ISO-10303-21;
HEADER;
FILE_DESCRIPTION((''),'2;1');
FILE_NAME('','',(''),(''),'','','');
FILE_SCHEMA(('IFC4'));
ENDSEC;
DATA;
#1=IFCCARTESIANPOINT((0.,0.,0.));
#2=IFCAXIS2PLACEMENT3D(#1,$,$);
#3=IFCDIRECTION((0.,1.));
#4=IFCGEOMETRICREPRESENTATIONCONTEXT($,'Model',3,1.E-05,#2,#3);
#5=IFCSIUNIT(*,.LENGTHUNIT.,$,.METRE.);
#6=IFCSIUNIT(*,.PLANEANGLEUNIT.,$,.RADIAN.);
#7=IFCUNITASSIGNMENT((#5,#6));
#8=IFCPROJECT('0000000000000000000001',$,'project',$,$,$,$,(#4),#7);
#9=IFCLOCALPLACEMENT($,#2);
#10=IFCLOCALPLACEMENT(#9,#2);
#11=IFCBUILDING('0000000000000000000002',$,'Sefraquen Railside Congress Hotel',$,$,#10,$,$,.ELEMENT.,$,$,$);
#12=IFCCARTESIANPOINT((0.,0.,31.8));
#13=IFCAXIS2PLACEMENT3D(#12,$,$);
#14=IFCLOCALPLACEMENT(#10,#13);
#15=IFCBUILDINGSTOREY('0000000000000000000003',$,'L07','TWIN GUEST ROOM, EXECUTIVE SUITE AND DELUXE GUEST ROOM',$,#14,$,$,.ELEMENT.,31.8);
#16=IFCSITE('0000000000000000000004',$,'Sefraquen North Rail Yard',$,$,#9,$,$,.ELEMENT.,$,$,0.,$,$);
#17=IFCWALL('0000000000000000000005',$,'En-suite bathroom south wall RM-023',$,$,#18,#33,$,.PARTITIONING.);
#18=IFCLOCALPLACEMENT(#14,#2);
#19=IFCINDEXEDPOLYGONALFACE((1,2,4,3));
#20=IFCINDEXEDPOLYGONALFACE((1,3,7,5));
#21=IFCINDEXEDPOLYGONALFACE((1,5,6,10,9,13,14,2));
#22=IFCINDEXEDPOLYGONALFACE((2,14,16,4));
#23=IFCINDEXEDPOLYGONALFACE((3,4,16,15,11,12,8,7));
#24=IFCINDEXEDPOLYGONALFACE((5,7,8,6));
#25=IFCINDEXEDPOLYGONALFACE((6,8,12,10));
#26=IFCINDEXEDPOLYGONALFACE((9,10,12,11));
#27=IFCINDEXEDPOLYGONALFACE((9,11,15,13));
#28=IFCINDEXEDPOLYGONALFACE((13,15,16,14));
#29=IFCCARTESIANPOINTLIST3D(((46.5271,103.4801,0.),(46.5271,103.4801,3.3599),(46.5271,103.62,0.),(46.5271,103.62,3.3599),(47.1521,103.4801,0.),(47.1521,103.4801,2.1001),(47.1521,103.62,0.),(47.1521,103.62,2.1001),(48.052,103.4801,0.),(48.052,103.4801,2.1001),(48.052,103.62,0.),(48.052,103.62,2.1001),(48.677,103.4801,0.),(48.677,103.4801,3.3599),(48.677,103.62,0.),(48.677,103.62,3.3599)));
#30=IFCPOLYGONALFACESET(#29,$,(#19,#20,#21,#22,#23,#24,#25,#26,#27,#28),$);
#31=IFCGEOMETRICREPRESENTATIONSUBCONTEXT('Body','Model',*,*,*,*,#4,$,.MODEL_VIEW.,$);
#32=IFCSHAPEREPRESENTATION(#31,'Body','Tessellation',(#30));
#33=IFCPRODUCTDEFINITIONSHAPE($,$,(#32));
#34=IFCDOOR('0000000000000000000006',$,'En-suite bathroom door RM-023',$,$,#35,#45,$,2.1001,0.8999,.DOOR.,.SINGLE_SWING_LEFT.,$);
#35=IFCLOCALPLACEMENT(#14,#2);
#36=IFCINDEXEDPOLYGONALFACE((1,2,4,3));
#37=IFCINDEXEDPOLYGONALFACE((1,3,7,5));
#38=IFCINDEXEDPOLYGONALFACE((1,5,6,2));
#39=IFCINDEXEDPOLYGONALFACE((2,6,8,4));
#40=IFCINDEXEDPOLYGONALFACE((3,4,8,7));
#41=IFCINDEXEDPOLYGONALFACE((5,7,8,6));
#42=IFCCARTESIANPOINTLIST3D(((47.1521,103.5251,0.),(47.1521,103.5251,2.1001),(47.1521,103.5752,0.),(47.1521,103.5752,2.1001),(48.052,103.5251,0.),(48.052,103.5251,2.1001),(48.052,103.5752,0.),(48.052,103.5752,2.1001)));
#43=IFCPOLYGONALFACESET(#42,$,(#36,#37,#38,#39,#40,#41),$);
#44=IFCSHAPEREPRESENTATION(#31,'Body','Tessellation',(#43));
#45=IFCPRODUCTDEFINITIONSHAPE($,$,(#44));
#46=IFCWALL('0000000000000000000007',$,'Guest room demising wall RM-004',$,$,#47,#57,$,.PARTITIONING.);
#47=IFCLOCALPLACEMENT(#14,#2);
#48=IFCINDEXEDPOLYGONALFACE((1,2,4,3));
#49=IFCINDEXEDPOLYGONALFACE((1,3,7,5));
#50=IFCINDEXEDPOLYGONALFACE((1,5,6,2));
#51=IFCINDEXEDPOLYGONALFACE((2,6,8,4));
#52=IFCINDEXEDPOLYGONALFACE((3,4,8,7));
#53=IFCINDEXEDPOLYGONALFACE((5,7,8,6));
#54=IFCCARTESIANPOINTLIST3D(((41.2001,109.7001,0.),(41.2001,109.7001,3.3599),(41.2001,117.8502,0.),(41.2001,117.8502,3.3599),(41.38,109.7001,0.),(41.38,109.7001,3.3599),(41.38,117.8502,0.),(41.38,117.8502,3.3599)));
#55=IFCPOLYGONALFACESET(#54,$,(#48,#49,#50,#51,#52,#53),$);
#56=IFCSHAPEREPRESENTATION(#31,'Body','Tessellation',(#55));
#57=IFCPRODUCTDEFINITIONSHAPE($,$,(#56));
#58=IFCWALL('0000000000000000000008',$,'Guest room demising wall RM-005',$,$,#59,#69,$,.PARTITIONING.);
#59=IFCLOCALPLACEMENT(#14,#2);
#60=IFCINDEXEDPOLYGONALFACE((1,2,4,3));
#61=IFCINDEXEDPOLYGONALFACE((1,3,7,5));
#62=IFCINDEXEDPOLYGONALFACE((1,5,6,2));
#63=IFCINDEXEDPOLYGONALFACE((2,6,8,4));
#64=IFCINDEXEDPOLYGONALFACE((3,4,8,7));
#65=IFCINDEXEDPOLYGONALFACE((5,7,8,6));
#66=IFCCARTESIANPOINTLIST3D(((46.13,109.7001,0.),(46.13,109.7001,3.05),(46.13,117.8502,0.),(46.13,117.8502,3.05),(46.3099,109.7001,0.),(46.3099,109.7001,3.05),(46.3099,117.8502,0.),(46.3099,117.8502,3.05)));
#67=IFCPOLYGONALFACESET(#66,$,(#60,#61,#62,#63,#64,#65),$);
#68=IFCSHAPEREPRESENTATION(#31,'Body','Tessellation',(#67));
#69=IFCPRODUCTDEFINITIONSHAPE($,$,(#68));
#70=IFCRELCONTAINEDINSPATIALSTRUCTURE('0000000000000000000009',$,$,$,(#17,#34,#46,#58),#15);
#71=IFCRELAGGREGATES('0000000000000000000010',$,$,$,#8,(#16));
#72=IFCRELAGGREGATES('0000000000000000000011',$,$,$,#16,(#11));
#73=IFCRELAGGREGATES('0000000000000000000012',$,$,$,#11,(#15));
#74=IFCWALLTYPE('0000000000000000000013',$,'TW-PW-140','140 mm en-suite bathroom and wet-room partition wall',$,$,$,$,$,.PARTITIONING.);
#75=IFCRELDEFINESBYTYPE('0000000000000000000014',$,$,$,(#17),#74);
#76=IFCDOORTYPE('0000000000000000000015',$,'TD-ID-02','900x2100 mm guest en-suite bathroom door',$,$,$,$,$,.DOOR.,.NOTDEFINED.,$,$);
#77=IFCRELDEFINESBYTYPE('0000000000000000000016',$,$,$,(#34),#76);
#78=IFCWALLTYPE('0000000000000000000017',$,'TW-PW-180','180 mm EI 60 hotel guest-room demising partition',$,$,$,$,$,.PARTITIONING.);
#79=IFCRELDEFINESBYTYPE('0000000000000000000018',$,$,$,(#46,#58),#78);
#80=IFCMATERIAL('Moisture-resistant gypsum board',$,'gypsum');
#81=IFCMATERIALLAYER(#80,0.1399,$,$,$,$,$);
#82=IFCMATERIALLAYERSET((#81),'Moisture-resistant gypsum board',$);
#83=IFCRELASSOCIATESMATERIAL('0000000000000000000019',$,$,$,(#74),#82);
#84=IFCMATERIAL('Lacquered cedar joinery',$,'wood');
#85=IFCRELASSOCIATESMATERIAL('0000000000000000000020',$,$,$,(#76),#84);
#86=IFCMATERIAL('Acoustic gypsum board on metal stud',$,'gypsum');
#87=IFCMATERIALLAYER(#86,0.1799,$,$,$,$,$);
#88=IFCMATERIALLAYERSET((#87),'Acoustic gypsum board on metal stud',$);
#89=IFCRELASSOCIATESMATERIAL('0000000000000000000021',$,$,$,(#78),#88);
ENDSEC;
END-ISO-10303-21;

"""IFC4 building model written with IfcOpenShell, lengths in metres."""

from ifc_helpers import new_model, si_unit, direction, frame, frame_2d, origin, place, context, subcontext, project, spatial, rectangle, extrude, material, layer, layer_set, type_object, element, fill, save


model = new_model("IFC4")

# Units and contexts
model_context = context("Model", 3, precision=1e-05, world=origin(), true_north=direction((0.0, 1.0)))
body_context = subcontext(model_context, "Body", "Model", "MODEL_VIEW")
ifc_project = project(units=[si_unit("LENGTHUNIT", "METRE"), si_unit("PLANEANGLEUNIT", "RADIAN")], contexts=[model_context])

# Site, building, storey
site_placement = place(None, origin())
site = spatial("IfcSite", under=ifc_project, at=site_placement, Name="Sefraquen North Rail Yard", CompositionType="ELEMENT", RefElevation=0.0)
building_placement = place(site_placement, origin())
building = spatial("IfcBuilding", under=site, at=building_placement, Name="Sefraquen Railside Congress Hotel", CompositionType="ELEMENT")
storey_placement = place(building_placement, frame((0.0, 0.0, 31.8)))
storey = spatial("IfcBuildingStorey", under=building, at=storey_placement, Name="L07", Description="TWIN GUEST ROOM, EXECUTIVE SUITE AND DELUXE GUEST ROOM", CompositionType="ELEMENT", Elevation=31.8)

# Shared definitions
ifc_material_1 = material(Name="Moisture-resistant gypsum board", Category="gypsum")
ifc_layer_1 = layer(ifc_material_1, 0.1399)
ifc_layer_set_1 = layer_set([ifc_layer_1], Name="Moisture-resistant gypsum board")
wall_type_1 = type_object("IfcWallType", Name="TW-PW-140", Description="140 mm en-suite bathroom and wet-room partition wall", PredefinedType="PARTITIONING", material=ifc_layer_set_1)

# Shared definitions
ifc_material_2 = material(Name="Lacquered cedar joinery", Category="wood")
door_type_1 = type_object("IfcDoorType", Name="TD-ID-02", Description="900x2100 mm guest en-suite bathroom door", OperationType="NOTDEFINED", PredefinedType="DOOR", material=ifc_material_2)

# Wall, opening, door
wall_1_placement = place(storey_placement, frame((46.5271, 103.55, 0.0), z_axis=(0.0, 0.0, 1.0), x_axis=(1.0, 0.0, 0.0)))
wall_1 = element("IfcWall", 1, at=wall_1_placement, inside=storey, type_object=wall_type_1, Name="En-suite bathroom south wall RM-023", PredefinedType="PARTITIONING", context=body_context, shape_type="SweptSolid", body=[
    extrude(rectangle(XDim=2.1499, YDim=0.1399, at=frame_2d((1.075, 0.0))), origin(), (0.0, 0.0, 1.0), 3.3599),
])
opening_1_placement = place(wall_1_placement, frame((0.625, 0.0, 0.0)))
opening_1 = element("IfcOpeningElement", 2, at=opening_1_placement, cuts=wall_1, PredefinedType="OPENING", context=body_context, shape_type="SweptSolid", body=[
    extrude(rectangle(XDim=0.8999, YDim=2.1001, at=frame_2d((0.45, 1.05))), frame((0.0, 0.0798, 0.0), z_axis=(0.0, -1.0, 0.0), x_axis=(1.0, 0.0, 0.0)), (0.0, 0.0, 1.0), 0.1599),
])
door_1_placement = place(opening_1_placement, frame((0.8999, 0.0, 0.0), z_axis=(0.0, 0.0, 1.0), x_axis=(-1.0, 0.0, 0.0)))
door_1 = element("IfcDoor", 3, at=door_1_placement, inside=storey, type_object=door_type_1, Name="En-suite bathroom door RM-023", OperationType="SINGLE_SWING_LEFT", OverallHeight=2.1001, OverallWidth=0.8999, PredefinedType="DOOR", context=body_context, shape_type="SweptSolid", body=[
    extrude(rectangle(XDim=0.8999, YDim=2.1001, at=frame_2d((0.45, 1.05))), frame((0.0, 0.0249, 0.0), z_axis=(0.0, -1.0, 0.0), x_axis=(1.0, 0.0, 0.0)), (0.0, 0.0, 1.0), 0.05),
])
fill(opening_1, door_1)

# Walls
ifc_material_3 = material(Name="Acoustic gypsum board on metal stud", Category="gypsum")
ifc_layer_2 = layer(ifc_material_3, 0.1799)
ifc_layer_set_2 = layer_set([ifc_layer_2], Name="Acoustic gypsum board on metal stud")
wall_type_2 = type_object("IfcWallType", Name="TW-PW-180", Description="180 mm EI 60 hotel guest-room demising partition", PredefinedType="PARTITIONING", material=ifc_layer_set_2)
wall_2_placement = place(storey_placement, frame((41.29, 109.7, 0.0), z_axis=(0.0, 0.0, 1.0), x_axis=(0.0, 1.0, 0.0)))
element("IfcWall", 4, at=wall_2_placement, inside=storey, type_object=wall_type_2, Name="Guest room demising wall RM-004", PredefinedType="PARTITIONING", context=body_context, shape_type="SweptSolid", body=[
    extrude(rectangle(XDim=8.1501, YDim=0.1799, at=frame_2d((4.0752, 0.0))), origin(), (0.0, 0.0, 1.0), 3.3599),
])
wall_3_placement = place(storey_placement, frame((46.22, 109.7, 0.0), z_axis=(0.0, 0.0, 1.0), x_axis=(0.0, 1.0, 0.0)))
element("IfcWall", 5, at=wall_3_placement, inside=storey, type_object=wall_type_2, Name="Guest room demising wall RM-005", PredefinedType="PARTITIONING", context=body_context, shape_type="SweptSolid", body=[
    extrude(rectangle(XDim=8.1501, YDim=0.1799, at=frame_2d((4.0752, 0.0))), origin(), (0.0, 0.0, 1.0), 3.05),
])

save(model, "model.ifc")
